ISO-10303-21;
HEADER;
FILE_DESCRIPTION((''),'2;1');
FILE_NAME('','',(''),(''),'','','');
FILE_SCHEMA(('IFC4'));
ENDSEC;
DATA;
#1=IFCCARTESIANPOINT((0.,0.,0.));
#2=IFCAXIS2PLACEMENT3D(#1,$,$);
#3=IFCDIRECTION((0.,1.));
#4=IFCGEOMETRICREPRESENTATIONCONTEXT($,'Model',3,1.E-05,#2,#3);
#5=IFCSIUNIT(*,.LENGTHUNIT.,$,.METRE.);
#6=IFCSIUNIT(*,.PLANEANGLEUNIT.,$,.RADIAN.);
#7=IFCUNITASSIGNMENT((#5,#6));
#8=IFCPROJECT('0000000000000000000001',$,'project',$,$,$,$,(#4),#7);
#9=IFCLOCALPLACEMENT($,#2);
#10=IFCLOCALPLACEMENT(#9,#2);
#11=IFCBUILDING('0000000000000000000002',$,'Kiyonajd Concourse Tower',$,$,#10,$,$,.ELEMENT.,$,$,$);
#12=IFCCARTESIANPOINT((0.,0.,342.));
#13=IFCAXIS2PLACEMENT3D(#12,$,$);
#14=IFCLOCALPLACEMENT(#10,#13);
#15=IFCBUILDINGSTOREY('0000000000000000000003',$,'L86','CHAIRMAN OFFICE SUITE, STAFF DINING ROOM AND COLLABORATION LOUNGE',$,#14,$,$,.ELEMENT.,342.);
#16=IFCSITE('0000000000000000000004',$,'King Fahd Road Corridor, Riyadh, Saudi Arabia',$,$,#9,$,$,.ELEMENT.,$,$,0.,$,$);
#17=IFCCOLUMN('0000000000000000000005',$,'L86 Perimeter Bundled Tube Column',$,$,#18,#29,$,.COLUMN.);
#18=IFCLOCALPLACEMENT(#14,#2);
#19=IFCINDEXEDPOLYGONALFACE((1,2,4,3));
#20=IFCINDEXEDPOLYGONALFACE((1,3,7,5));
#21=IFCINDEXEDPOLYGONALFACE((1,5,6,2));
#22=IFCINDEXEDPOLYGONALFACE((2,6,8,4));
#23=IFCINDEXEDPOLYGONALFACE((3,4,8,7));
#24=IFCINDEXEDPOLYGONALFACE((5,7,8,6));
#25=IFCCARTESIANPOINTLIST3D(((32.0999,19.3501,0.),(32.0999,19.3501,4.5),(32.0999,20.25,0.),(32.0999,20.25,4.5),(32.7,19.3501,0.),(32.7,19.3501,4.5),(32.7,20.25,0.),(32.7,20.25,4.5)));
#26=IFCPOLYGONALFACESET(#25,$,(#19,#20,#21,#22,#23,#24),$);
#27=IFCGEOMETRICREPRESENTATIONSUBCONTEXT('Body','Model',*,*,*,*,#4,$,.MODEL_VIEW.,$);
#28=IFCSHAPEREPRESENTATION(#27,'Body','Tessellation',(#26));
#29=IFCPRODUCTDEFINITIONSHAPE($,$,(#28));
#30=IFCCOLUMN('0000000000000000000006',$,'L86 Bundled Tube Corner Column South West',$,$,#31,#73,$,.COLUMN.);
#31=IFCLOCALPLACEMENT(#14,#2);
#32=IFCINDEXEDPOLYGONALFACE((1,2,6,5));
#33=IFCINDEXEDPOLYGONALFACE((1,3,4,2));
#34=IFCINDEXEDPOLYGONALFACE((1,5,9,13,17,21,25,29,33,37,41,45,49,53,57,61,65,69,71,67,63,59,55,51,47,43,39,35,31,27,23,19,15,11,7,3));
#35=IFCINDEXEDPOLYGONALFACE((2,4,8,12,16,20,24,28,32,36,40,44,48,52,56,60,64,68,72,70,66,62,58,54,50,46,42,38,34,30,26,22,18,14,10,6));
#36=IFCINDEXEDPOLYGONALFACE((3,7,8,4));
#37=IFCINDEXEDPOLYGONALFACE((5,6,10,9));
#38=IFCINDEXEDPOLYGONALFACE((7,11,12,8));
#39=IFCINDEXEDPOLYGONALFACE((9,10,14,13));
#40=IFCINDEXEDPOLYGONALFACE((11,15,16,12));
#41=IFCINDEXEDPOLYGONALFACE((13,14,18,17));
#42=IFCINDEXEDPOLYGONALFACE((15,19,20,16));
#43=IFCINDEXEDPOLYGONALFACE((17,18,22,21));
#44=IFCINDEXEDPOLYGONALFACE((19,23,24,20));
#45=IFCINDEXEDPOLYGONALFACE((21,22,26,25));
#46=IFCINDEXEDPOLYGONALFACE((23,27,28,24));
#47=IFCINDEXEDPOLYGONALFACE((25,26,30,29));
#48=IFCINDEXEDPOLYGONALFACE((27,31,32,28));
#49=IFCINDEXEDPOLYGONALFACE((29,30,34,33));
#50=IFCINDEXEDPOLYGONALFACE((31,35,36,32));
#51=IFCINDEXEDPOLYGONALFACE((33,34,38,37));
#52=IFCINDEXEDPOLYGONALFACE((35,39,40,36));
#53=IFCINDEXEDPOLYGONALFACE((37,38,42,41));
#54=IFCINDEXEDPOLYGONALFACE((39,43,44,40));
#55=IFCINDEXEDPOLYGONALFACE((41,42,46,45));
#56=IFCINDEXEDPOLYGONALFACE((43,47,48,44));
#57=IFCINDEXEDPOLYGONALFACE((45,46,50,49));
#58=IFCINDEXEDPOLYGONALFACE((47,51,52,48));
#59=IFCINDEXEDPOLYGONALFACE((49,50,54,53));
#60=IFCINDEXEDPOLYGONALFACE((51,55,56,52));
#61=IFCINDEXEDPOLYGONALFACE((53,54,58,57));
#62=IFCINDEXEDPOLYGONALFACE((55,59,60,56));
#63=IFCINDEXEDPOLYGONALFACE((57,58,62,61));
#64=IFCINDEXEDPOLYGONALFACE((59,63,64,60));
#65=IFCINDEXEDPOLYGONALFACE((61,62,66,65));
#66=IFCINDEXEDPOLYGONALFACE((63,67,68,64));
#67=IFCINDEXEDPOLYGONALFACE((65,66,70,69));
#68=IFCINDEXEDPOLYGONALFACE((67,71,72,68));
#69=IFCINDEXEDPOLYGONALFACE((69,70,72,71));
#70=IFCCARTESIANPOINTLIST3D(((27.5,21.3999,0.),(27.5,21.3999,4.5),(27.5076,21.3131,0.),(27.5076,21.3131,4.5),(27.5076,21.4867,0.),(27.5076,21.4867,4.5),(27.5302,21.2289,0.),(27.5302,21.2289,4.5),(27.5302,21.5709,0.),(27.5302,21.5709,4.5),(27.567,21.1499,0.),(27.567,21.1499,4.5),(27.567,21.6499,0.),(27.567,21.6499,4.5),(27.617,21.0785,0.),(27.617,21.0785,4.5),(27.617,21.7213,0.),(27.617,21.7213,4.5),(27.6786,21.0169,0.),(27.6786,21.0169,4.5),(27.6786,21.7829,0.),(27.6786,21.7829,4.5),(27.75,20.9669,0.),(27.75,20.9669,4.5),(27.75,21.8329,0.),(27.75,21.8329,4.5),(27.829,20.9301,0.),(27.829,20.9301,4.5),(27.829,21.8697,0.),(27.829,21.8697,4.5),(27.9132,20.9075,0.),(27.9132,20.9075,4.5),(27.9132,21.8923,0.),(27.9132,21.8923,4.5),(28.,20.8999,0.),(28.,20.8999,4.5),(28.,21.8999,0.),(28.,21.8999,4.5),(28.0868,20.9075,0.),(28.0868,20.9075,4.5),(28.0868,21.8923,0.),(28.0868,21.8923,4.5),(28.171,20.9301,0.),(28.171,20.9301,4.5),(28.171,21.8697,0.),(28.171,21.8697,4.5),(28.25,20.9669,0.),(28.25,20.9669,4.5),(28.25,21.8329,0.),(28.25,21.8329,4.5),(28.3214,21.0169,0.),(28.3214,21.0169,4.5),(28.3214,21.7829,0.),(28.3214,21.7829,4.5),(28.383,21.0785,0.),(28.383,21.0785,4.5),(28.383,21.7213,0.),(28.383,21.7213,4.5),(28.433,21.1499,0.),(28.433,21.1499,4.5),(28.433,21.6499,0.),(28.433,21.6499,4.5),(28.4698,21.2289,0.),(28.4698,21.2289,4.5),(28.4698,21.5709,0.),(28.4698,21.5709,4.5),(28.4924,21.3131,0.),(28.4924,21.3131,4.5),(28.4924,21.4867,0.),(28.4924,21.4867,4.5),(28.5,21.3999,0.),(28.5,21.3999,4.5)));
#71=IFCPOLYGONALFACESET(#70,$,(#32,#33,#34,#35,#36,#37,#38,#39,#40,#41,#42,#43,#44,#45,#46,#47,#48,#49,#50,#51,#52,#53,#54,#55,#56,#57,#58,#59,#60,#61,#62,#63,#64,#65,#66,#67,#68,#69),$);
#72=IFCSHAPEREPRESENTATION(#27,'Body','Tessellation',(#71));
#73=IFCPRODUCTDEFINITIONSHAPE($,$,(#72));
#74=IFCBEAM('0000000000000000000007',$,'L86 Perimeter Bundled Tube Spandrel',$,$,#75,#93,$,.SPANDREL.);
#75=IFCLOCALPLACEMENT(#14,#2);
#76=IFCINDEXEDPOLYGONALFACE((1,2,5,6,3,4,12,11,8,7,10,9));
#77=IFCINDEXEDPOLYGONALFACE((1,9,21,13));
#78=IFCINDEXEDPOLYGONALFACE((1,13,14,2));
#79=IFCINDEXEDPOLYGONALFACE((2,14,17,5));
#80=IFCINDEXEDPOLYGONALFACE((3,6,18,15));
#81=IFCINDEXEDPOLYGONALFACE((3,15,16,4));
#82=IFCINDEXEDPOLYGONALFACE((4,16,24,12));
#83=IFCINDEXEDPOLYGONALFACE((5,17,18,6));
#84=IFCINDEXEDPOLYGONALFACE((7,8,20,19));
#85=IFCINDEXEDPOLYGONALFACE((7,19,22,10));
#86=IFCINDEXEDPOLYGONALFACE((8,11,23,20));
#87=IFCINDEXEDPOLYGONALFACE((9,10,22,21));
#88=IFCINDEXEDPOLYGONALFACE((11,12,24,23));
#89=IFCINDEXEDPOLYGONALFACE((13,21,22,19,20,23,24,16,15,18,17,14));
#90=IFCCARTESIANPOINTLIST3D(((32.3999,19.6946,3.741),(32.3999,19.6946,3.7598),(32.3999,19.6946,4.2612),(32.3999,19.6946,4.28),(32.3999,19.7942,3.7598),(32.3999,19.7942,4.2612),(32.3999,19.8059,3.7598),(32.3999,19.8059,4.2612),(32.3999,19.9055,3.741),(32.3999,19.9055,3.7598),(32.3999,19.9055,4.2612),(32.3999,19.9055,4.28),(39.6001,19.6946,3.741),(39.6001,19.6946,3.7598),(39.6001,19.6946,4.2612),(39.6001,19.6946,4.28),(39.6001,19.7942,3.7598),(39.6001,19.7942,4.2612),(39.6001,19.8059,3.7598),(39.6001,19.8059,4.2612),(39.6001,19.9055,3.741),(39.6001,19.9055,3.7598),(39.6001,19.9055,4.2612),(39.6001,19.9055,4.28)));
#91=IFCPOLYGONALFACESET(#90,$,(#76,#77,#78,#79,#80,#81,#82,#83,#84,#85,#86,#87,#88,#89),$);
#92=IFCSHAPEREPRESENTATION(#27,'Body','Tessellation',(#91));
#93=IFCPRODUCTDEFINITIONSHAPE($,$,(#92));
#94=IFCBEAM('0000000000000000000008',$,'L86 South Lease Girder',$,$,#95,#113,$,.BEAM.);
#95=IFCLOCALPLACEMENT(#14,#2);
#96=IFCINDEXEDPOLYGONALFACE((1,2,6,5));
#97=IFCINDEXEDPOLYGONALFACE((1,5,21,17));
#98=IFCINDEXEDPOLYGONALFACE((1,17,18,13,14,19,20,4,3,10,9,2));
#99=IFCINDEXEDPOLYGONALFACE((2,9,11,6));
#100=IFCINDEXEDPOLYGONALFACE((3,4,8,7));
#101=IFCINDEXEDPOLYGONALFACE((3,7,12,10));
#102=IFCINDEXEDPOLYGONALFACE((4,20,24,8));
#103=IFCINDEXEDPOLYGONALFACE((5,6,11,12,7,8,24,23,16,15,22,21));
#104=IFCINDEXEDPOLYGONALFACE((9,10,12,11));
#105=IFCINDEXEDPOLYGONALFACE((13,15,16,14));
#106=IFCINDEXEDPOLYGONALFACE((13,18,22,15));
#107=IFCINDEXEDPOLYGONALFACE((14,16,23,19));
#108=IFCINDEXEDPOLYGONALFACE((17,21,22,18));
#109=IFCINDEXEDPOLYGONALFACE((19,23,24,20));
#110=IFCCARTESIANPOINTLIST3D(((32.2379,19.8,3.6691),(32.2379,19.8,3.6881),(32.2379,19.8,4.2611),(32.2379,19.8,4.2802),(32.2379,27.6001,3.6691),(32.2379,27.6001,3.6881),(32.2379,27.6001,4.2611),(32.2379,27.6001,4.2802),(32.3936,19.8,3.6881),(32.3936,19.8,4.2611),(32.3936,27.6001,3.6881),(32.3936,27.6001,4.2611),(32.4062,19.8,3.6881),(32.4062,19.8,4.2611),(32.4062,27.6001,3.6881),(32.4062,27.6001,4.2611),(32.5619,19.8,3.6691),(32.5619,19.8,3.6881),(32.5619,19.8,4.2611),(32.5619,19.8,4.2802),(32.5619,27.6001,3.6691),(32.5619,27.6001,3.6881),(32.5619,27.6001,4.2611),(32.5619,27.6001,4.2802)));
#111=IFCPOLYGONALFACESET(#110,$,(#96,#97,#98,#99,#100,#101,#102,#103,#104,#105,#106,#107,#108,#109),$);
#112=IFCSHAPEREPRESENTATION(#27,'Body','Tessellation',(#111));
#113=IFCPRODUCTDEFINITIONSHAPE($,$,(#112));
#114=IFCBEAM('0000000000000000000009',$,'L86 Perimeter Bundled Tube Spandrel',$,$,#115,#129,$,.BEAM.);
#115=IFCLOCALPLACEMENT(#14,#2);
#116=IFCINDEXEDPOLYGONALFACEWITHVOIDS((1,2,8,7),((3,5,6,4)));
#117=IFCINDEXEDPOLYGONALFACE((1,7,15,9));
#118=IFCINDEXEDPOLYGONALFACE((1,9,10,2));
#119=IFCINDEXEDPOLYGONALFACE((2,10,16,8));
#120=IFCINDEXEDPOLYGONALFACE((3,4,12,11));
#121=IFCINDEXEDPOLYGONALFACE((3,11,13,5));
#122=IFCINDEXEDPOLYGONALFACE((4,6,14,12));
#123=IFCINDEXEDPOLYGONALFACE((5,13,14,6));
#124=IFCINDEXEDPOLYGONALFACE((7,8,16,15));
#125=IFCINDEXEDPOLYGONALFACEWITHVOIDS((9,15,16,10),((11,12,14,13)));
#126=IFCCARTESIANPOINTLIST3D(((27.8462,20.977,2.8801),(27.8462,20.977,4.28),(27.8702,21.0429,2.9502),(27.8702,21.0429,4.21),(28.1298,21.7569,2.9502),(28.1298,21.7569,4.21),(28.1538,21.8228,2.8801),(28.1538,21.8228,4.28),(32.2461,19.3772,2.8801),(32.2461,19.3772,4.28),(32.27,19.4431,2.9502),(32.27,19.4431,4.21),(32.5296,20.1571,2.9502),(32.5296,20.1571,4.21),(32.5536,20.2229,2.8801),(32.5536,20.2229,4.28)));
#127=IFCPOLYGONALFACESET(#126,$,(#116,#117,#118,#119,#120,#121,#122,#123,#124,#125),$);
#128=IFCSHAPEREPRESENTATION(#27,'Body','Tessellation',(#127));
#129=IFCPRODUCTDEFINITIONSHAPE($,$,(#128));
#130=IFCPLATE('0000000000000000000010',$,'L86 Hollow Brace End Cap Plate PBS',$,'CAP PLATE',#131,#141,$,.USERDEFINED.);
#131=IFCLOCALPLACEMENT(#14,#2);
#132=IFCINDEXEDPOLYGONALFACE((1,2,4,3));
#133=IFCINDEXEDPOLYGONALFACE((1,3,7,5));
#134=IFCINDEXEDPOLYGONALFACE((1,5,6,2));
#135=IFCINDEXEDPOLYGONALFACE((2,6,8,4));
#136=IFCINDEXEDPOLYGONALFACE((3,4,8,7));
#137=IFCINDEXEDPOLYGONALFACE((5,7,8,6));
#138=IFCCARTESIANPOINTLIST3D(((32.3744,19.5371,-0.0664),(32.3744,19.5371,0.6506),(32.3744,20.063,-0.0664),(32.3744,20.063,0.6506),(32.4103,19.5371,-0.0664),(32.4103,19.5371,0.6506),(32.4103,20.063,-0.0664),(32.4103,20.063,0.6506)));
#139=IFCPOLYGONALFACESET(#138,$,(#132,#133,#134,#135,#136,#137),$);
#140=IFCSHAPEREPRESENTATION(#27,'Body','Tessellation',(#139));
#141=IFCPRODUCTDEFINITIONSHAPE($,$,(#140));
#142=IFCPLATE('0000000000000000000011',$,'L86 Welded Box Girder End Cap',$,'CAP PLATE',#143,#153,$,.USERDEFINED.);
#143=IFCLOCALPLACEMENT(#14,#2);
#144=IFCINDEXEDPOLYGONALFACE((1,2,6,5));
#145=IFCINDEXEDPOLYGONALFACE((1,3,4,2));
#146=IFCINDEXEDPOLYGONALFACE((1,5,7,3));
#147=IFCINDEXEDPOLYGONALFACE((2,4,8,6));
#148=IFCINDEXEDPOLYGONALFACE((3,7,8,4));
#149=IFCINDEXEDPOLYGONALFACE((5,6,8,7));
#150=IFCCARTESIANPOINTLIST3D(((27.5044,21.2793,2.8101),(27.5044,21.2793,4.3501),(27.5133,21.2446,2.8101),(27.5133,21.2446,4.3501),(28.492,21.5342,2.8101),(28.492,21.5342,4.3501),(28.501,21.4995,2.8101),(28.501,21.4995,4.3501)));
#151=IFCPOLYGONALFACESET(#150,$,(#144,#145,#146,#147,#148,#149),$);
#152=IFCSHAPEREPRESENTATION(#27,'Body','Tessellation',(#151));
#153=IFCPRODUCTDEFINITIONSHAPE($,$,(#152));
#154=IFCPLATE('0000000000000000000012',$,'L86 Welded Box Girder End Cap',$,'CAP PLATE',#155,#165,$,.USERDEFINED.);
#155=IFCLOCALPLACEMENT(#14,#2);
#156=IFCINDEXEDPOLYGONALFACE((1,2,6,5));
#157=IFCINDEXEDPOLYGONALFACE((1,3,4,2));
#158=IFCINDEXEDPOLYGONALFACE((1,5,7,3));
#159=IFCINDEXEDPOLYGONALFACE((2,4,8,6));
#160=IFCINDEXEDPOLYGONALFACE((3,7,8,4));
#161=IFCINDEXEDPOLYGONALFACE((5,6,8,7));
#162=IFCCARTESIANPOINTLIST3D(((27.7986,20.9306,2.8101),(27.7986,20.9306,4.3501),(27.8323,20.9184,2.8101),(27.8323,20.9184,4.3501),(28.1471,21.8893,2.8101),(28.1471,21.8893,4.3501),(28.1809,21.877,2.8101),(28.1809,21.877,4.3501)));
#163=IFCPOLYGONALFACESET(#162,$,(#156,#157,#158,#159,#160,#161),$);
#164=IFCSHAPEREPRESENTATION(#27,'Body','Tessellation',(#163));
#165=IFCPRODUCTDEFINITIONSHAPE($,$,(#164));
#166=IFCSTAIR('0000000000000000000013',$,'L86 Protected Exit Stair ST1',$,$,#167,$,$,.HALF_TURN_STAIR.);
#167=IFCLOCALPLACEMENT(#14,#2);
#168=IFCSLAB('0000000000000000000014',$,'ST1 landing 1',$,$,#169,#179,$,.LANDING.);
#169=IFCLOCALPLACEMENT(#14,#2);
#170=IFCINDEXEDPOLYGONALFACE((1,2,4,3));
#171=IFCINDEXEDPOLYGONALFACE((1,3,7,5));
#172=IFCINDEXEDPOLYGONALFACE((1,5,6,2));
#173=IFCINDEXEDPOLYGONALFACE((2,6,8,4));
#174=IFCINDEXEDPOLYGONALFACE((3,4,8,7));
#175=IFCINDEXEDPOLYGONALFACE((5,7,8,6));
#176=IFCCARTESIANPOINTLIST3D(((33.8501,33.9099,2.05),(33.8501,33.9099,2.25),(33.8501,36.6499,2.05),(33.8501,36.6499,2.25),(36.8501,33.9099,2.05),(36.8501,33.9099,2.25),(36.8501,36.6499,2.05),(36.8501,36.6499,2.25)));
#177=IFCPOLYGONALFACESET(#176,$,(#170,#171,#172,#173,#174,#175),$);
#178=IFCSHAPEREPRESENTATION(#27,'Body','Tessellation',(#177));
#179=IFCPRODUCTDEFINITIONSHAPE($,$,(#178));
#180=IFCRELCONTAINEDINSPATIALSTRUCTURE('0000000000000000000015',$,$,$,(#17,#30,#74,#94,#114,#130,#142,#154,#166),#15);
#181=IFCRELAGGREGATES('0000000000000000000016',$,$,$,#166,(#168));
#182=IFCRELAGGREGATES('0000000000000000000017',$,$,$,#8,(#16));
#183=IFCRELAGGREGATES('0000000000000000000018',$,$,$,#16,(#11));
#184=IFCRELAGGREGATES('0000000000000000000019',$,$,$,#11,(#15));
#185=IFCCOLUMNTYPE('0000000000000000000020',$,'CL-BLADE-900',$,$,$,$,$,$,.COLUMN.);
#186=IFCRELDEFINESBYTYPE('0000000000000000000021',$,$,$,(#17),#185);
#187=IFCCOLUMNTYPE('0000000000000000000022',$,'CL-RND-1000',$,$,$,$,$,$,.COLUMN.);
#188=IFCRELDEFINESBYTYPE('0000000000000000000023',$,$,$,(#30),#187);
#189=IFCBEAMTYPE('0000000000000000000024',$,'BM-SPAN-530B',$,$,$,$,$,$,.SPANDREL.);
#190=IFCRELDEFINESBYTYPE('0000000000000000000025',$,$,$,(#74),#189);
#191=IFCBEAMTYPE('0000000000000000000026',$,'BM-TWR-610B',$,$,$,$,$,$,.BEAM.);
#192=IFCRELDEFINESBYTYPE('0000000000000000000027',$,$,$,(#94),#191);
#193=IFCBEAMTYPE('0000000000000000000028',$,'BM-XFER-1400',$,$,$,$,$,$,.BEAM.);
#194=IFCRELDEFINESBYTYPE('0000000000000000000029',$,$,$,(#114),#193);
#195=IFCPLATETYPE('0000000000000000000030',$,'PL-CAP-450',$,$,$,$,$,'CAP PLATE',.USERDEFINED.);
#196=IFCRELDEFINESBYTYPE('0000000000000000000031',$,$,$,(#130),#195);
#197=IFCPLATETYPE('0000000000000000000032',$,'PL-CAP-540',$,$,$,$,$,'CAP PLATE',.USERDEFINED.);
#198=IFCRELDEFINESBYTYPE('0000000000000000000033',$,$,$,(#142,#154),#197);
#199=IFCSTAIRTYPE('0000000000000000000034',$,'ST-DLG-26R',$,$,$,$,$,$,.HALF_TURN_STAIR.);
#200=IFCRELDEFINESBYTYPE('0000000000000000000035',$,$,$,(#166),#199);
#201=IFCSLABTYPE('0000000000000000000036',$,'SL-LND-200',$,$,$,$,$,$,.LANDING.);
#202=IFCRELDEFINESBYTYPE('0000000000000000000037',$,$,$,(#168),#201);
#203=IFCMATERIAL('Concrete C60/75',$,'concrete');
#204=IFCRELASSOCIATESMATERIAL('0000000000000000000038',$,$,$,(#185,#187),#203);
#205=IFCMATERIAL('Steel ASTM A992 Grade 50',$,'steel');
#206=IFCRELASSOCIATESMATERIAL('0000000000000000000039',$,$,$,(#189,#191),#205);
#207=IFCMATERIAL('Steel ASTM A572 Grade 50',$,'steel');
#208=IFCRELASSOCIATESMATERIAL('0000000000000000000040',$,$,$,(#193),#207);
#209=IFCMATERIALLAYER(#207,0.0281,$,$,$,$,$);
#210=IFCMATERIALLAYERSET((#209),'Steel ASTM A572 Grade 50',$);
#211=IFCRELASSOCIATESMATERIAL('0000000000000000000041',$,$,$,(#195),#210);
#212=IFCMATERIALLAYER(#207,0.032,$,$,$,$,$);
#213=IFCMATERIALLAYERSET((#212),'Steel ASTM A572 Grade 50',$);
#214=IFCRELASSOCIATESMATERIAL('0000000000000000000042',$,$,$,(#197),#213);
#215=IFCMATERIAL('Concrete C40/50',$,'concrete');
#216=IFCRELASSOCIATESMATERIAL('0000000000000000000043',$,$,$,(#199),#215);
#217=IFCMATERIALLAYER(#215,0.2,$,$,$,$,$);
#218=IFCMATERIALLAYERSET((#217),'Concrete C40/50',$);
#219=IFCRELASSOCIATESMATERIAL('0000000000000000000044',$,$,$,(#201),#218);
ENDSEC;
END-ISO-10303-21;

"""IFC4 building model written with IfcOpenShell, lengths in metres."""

from ifc_helpers import new_model, si_unit, direction, frame, origin, origin_2d, place, context, subcontext, project, spatial, polyline, rectangle, hollow_rectangle, circle, i_section, outline, extrude, material, layer, layer_set, material_profile, profile_set, type_object, element, aggregate, save


model = new_model("IFC4")

# Units and contexts
model_context = context("Model", 3, precision=1e-05, world=origin(), true_north=direction((0.0, 1.0)))
body_context = subcontext(model_context, "Body", "Model", "MODEL_VIEW")
ifc_project = project(units=[si_unit("LENGTHUNIT", "METRE"), si_unit("PLANEANGLEUNIT", "RADIAN")], contexts=[model_context])

# Site, building, storey
site_placement = place(None, origin())
site = spatial("IfcSite", under=ifc_project, at=site_placement, Name="King Fahd Road Corridor, Riyadh, Saudi Arabia", CompositionType="ELEMENT", RefElevation=0.0)
building_placement = place(site_placement, origin())
building = spatial("IfcBuilding", under=site, at=building_placement, Name="Kiyonajd Concourse Tower", CompositionType="ELEMENT")
storey_placement = place(building_placement, frame((0.0, 0.0, 342.0)))
storey = spatial("IfcBuildingStorey", under=building, at=storey_placement, Name="L86", Description="CHAIRMAN OFFICE SUITE, STAFF DINING ROOM AND COLLABORATION LOUNGE", CompositionType="ELEMENT", Elevation=342.0)

# Columns
ifc_material_1 = material(Name="Concrete C60/75", Category="concrete")
ifc_material_profile_1 = material_profile(ifc_material_1, rectangle(XDim=0.6001, YDim=0.8999, at=origin_2d()), Name="RC-900x600")
ifc_profile_set_1 = profile_set([ifc_material_profile_1], Name="Concrete C60/75")
column_type_1 = type_object("IfcColumnType", Name="CL-BLADE-900", PredefinedType="COLUMN", material=ifc_profile_set_1)
column_1_placement = place(storey_placement, frame((32.3999, 19.8, 0.0), z_axis=(0.0, 0.0, 1.0), x_axis=(1.0, 0.0, 0.0)))
element("IfcColumn", 1, at=column_1_placement, inside=storey, type_object=column_type_1, Name="L86 Perimeter Bundled Tube Column", PredefinedType="COLUMN", context=body_context, shape_type="SweptSolid", body=[
    extrude(rectangle(XDim=0.6001, YDim=0.8999, at=origin_2d()), origin(), (0.0, 0.0, 1.0), 4.5),
])
ifc_material_profile_2 = material_profile(ifc_material_1, circle(Radius=0.5, at=origin_2d()), Name="RCC-D1000")
ifc_profile_set_2 = profile_set([ifc_material_profile_2], Name="Concrete C60/75")
column_type_2 = type_object("IfcColumnType", Name="CL-RND-1000", PredefinedType="COLUMN", material=ifc_profile_set_2)
column_2_placement = place(storey_placement, frame((28.0, 21.3999, 0.0), z_axis=(0.0, 0.0, 1.0), x_axis=(1.0, 0.0, 0.0)))
element("IfcColumn", 2, at=column_2_placement, inside=storey, type_object=column_type_2, Name="L86 Bundled Tube Corner Column South West", PredefinedType="COLUMN", context=body_context, shape_type="SweptSolid", body=[
    extrude(circle(Radius=0.5, at=origin_2d()), origin(), (0.0, 0.0, 1.0), 4.5),
])

# Beams
ifc_material_2 = material(Name="Steel ASTM A992 Grade 50", Category="steel")
ifc_material_profile_3 = material_profile(ifc_material_2, i_section(OverallWidth=0.2109, OverallDepth=0.5391, WebThickness=0.0117, FlangeThickness=0.0188, at=origin_2d()), Name="W530X109")
ifc_profile_set_3 = profile_set([ifc_material_profile_3], Name="Steel ASTM A992 Grade 50")
beam_type_1 = type_object("IfcBeamType", Name="BM-SPAN-530B", PredefinedType="SPANDREL", material=ifc_profile_set_3)
beam_1_placement = place(storey_placement, frame((32.3999, 19.8, 4.0105), z_axis=(1.0, 0.0, 0.0), x_axis=(0.0, 1.0, 0.0)))
element("IfcBeam", 3, at=beam_1_placement, inside=storey, type_object=beam_type_1, Name="L86 Perimeter Bundled Tube Spandrel", PredefinedType="SPANDREL", context=body_context, shape_type="SweptSolid", body=[
    extrude(i_section(OverallWidth=0.2109, OverallDepth=0.5391, WebThickness=0.0117, FlangeThickness=0.0188, at=origin_2d()), origin(), (0.0, 0.0, 1.0), 7.2002),
])
ifc_material_profile_4 = material_profile(ifc_material_2, i_section(OverallWidth=0.324, OverallDepth=0.6111, WebThickness=0.0127, FlangeThickness=0.019, at=origin_2d()), Name="W610X155")
ifc_profile_set_4 = profile_set([ifc_material_profile_4], Name="Steel ASTM A992 Grade 50")
beam_type_2 = type_object("IfcBeamType", Name="BM-TWR-610B", PredefinedType="BEAM", material=ifc_profile_set_4)
beam_2_placement = place(storey_placement, frame((32.3999, 19.8, 3.9746), z_axis=(0.0, 1.0, 0.0), x_axis=(-1.0, 0.0, 0.0)))
element("IfcBeam", 4, at=beam_2_placement, inside=storey, type_object=beam_type_2, Name="L86 South Lease Girder", PredefinedType="BEAM", context=body_context, shape_type="SweptSolid", body=[
    extrude(i_section(OverallWidth=0.324, OverallDepth=0.6111, WebThickness=0.0127, FlangeThickness=0.019, at=origin_2d()), origin(), (0.0, 0.0, 1.0), 7.8),
])
ifc_material_3 = material(Name="Steel ASTM A572 Grade 50", Category="steel")
ifc_material_profile_5 = material_profile(ifc_material_3, hollow_rectangle(XDim=0.8999, YDim=1.3999, WallThickness=0.0701, at=origin_2d()), Name="BOX-1400x900x70")
ifc_profile_set_5 = profile_set([ifc_material_profile_5], Name="Steel ASTM A572 Grade 50")
beam_type_3 = type_object("IfcBeamType", Name="BM-XFER-1400", PredefinedType="BEAM", material=ifc_profile_set_5)
beam_3_placement = place(storey_placement, frame((28.0, 21.3999, 3.5801), z_axis=(0.939801, -0.341722, 0.0), x_axis=(0.341722, 0.939801, 0.0)))
element("IfcBeam", 5, at=beam_3_placement, inside=storey, type_object=beam_type_3, Name="L86 Perimeter Bundled Tube Spandrel", PredefinedType="BEAM", context=body_context, shape_type="SweptSolid", body=[
    extrude(hollow_rectangle(XDim=0.8999, YDim=1.3999, WallThickness=0.0701, at=origin_2d()), origin(), (0.0, 0.0, 1.0), 4.6816),
])

# Plates
ifc_layer_1 = layer(ifc_material_3, 0.0281)
ifc_layer_set_1 = layer_set([ifc_layer_1], Name="Steel ASTM A572 Grade 50")
plate_type_1 = type_object("IfcPlateType", Name="PL-CAP-450", ElementType="CAP PLATE", PredefinedType="USERDEFINED", material=ifc_layer_set_1)
plate_placement = place(storey_placement, frame((32.3923, 19.8, -0.0664), z_axis=(0.0, 0.0, 1.0), x_axis=(-1.0, 0.0, 0.0)))
element("IfcPlate", 6, at=plate_placement, inside=storey, type_object=plate_type_1, Name="L86 Hollow Brace End Cap Plate PBS", ObjectType="CAP PLATE", PredefinedType="USERDEFINED", context=body_context, shape_type="SweptSolid", body=[
    extrude(rectangle(XDim=0.0359, YDim=0.5259, at=origin_2d()), origin(), (0.0, 0.0, 1.0), 0.717),
])
ifc_layer_2 = layer(ifc_material_3, 0.032)
ifc_layer_set_2 = layer_set([ifc_layer_2], Name="Steel ASTM A572 Grade 50")
plate_type_2 = type_object("IfcPlateType", Name="PL-CAP-540", ElementType="CAP PLATE", PredefinedType="USERDEFINED", material=ifc_layer_set_2)
for number, where, z_axis, x_axis, name in (
    (7, (28.0027, 21.3894, 2.8101), (0.0, 0.0, 1.0), (0.249873, -0.968279, 0.0), "L86 Welded Box Girder End Cap"),
    (8, (27.9897, 21.4038, 2.8101), (0.0, 0.0, 1.0), (-0.939812, 0.341692, 0.0), "L86 Welded Box Girder End Cap"),
):
    element("IfcPlate", number, at=place(storey_placement, frame(where, z_axis=z_axis, x_axis=x_axis)), inside=storey, type_object=plate_type_2, Name=name, ObjectType="CAP PLATE", PredefinedType="USERDEFINED", context=body_context, shape_type="SweptSolid", body=[
        extrude(rectangle(XDim=0.0359, YDim=1.02, at=origin_2d()), origin(), (0.0, 0.0, 1.0), 1.54),
    ])

# Stair, slab
ifc_material_4 = material(Name="Concrete C40/50", Category="concrete")
stair_type = type_object("IfcStairType", Name="ST-DLG-26R", PredefinedType="HALF_TURN_STAIR", material=ifc_material_4)
stair_1_placement = place(storey_placement, origin())
stair_1 = element("IfcStair", 9, at=stair_1_placement, inside=storey, type_object=stair_type, Name="L86 Protected Exit Stair ST1", PredefinedType="HALF_TURN_STAIR")
ifc_layer_3 = layer(ifc_material_4, 0.2)
ifc_layer_set_3 = layer_set([ifc_layer_3], Name="Concrete C40/50")
slab_type_1 = type_object("IfcSlabType", Name="SL-LND-200", PredefinedType="LANDING", material=ifc_layer_set_3)
slab_1_placement = place(storey_placement, frame((0.0, 0.0, 2.05)))
slab_1 = element("IfcSlab", 10, at=slab_1_placement, type_object=slab_type_1, Name="ST1 landing 1", PredefinedType="LANDING", context=body_context, shape_type="SweptSolid", body=[
    extrude(outline(polyline([(36.8501, 33.9099), (36.8501, 36.6499), (33.8501, 36.6499), (33.8501, 33.9099), (36.8501, 33.9099)])), origin(), (0.0, 0.0, 1.0), 0.2),
])
aggregate(stair_1, [slab_1])

save(model, "model.ifc")
